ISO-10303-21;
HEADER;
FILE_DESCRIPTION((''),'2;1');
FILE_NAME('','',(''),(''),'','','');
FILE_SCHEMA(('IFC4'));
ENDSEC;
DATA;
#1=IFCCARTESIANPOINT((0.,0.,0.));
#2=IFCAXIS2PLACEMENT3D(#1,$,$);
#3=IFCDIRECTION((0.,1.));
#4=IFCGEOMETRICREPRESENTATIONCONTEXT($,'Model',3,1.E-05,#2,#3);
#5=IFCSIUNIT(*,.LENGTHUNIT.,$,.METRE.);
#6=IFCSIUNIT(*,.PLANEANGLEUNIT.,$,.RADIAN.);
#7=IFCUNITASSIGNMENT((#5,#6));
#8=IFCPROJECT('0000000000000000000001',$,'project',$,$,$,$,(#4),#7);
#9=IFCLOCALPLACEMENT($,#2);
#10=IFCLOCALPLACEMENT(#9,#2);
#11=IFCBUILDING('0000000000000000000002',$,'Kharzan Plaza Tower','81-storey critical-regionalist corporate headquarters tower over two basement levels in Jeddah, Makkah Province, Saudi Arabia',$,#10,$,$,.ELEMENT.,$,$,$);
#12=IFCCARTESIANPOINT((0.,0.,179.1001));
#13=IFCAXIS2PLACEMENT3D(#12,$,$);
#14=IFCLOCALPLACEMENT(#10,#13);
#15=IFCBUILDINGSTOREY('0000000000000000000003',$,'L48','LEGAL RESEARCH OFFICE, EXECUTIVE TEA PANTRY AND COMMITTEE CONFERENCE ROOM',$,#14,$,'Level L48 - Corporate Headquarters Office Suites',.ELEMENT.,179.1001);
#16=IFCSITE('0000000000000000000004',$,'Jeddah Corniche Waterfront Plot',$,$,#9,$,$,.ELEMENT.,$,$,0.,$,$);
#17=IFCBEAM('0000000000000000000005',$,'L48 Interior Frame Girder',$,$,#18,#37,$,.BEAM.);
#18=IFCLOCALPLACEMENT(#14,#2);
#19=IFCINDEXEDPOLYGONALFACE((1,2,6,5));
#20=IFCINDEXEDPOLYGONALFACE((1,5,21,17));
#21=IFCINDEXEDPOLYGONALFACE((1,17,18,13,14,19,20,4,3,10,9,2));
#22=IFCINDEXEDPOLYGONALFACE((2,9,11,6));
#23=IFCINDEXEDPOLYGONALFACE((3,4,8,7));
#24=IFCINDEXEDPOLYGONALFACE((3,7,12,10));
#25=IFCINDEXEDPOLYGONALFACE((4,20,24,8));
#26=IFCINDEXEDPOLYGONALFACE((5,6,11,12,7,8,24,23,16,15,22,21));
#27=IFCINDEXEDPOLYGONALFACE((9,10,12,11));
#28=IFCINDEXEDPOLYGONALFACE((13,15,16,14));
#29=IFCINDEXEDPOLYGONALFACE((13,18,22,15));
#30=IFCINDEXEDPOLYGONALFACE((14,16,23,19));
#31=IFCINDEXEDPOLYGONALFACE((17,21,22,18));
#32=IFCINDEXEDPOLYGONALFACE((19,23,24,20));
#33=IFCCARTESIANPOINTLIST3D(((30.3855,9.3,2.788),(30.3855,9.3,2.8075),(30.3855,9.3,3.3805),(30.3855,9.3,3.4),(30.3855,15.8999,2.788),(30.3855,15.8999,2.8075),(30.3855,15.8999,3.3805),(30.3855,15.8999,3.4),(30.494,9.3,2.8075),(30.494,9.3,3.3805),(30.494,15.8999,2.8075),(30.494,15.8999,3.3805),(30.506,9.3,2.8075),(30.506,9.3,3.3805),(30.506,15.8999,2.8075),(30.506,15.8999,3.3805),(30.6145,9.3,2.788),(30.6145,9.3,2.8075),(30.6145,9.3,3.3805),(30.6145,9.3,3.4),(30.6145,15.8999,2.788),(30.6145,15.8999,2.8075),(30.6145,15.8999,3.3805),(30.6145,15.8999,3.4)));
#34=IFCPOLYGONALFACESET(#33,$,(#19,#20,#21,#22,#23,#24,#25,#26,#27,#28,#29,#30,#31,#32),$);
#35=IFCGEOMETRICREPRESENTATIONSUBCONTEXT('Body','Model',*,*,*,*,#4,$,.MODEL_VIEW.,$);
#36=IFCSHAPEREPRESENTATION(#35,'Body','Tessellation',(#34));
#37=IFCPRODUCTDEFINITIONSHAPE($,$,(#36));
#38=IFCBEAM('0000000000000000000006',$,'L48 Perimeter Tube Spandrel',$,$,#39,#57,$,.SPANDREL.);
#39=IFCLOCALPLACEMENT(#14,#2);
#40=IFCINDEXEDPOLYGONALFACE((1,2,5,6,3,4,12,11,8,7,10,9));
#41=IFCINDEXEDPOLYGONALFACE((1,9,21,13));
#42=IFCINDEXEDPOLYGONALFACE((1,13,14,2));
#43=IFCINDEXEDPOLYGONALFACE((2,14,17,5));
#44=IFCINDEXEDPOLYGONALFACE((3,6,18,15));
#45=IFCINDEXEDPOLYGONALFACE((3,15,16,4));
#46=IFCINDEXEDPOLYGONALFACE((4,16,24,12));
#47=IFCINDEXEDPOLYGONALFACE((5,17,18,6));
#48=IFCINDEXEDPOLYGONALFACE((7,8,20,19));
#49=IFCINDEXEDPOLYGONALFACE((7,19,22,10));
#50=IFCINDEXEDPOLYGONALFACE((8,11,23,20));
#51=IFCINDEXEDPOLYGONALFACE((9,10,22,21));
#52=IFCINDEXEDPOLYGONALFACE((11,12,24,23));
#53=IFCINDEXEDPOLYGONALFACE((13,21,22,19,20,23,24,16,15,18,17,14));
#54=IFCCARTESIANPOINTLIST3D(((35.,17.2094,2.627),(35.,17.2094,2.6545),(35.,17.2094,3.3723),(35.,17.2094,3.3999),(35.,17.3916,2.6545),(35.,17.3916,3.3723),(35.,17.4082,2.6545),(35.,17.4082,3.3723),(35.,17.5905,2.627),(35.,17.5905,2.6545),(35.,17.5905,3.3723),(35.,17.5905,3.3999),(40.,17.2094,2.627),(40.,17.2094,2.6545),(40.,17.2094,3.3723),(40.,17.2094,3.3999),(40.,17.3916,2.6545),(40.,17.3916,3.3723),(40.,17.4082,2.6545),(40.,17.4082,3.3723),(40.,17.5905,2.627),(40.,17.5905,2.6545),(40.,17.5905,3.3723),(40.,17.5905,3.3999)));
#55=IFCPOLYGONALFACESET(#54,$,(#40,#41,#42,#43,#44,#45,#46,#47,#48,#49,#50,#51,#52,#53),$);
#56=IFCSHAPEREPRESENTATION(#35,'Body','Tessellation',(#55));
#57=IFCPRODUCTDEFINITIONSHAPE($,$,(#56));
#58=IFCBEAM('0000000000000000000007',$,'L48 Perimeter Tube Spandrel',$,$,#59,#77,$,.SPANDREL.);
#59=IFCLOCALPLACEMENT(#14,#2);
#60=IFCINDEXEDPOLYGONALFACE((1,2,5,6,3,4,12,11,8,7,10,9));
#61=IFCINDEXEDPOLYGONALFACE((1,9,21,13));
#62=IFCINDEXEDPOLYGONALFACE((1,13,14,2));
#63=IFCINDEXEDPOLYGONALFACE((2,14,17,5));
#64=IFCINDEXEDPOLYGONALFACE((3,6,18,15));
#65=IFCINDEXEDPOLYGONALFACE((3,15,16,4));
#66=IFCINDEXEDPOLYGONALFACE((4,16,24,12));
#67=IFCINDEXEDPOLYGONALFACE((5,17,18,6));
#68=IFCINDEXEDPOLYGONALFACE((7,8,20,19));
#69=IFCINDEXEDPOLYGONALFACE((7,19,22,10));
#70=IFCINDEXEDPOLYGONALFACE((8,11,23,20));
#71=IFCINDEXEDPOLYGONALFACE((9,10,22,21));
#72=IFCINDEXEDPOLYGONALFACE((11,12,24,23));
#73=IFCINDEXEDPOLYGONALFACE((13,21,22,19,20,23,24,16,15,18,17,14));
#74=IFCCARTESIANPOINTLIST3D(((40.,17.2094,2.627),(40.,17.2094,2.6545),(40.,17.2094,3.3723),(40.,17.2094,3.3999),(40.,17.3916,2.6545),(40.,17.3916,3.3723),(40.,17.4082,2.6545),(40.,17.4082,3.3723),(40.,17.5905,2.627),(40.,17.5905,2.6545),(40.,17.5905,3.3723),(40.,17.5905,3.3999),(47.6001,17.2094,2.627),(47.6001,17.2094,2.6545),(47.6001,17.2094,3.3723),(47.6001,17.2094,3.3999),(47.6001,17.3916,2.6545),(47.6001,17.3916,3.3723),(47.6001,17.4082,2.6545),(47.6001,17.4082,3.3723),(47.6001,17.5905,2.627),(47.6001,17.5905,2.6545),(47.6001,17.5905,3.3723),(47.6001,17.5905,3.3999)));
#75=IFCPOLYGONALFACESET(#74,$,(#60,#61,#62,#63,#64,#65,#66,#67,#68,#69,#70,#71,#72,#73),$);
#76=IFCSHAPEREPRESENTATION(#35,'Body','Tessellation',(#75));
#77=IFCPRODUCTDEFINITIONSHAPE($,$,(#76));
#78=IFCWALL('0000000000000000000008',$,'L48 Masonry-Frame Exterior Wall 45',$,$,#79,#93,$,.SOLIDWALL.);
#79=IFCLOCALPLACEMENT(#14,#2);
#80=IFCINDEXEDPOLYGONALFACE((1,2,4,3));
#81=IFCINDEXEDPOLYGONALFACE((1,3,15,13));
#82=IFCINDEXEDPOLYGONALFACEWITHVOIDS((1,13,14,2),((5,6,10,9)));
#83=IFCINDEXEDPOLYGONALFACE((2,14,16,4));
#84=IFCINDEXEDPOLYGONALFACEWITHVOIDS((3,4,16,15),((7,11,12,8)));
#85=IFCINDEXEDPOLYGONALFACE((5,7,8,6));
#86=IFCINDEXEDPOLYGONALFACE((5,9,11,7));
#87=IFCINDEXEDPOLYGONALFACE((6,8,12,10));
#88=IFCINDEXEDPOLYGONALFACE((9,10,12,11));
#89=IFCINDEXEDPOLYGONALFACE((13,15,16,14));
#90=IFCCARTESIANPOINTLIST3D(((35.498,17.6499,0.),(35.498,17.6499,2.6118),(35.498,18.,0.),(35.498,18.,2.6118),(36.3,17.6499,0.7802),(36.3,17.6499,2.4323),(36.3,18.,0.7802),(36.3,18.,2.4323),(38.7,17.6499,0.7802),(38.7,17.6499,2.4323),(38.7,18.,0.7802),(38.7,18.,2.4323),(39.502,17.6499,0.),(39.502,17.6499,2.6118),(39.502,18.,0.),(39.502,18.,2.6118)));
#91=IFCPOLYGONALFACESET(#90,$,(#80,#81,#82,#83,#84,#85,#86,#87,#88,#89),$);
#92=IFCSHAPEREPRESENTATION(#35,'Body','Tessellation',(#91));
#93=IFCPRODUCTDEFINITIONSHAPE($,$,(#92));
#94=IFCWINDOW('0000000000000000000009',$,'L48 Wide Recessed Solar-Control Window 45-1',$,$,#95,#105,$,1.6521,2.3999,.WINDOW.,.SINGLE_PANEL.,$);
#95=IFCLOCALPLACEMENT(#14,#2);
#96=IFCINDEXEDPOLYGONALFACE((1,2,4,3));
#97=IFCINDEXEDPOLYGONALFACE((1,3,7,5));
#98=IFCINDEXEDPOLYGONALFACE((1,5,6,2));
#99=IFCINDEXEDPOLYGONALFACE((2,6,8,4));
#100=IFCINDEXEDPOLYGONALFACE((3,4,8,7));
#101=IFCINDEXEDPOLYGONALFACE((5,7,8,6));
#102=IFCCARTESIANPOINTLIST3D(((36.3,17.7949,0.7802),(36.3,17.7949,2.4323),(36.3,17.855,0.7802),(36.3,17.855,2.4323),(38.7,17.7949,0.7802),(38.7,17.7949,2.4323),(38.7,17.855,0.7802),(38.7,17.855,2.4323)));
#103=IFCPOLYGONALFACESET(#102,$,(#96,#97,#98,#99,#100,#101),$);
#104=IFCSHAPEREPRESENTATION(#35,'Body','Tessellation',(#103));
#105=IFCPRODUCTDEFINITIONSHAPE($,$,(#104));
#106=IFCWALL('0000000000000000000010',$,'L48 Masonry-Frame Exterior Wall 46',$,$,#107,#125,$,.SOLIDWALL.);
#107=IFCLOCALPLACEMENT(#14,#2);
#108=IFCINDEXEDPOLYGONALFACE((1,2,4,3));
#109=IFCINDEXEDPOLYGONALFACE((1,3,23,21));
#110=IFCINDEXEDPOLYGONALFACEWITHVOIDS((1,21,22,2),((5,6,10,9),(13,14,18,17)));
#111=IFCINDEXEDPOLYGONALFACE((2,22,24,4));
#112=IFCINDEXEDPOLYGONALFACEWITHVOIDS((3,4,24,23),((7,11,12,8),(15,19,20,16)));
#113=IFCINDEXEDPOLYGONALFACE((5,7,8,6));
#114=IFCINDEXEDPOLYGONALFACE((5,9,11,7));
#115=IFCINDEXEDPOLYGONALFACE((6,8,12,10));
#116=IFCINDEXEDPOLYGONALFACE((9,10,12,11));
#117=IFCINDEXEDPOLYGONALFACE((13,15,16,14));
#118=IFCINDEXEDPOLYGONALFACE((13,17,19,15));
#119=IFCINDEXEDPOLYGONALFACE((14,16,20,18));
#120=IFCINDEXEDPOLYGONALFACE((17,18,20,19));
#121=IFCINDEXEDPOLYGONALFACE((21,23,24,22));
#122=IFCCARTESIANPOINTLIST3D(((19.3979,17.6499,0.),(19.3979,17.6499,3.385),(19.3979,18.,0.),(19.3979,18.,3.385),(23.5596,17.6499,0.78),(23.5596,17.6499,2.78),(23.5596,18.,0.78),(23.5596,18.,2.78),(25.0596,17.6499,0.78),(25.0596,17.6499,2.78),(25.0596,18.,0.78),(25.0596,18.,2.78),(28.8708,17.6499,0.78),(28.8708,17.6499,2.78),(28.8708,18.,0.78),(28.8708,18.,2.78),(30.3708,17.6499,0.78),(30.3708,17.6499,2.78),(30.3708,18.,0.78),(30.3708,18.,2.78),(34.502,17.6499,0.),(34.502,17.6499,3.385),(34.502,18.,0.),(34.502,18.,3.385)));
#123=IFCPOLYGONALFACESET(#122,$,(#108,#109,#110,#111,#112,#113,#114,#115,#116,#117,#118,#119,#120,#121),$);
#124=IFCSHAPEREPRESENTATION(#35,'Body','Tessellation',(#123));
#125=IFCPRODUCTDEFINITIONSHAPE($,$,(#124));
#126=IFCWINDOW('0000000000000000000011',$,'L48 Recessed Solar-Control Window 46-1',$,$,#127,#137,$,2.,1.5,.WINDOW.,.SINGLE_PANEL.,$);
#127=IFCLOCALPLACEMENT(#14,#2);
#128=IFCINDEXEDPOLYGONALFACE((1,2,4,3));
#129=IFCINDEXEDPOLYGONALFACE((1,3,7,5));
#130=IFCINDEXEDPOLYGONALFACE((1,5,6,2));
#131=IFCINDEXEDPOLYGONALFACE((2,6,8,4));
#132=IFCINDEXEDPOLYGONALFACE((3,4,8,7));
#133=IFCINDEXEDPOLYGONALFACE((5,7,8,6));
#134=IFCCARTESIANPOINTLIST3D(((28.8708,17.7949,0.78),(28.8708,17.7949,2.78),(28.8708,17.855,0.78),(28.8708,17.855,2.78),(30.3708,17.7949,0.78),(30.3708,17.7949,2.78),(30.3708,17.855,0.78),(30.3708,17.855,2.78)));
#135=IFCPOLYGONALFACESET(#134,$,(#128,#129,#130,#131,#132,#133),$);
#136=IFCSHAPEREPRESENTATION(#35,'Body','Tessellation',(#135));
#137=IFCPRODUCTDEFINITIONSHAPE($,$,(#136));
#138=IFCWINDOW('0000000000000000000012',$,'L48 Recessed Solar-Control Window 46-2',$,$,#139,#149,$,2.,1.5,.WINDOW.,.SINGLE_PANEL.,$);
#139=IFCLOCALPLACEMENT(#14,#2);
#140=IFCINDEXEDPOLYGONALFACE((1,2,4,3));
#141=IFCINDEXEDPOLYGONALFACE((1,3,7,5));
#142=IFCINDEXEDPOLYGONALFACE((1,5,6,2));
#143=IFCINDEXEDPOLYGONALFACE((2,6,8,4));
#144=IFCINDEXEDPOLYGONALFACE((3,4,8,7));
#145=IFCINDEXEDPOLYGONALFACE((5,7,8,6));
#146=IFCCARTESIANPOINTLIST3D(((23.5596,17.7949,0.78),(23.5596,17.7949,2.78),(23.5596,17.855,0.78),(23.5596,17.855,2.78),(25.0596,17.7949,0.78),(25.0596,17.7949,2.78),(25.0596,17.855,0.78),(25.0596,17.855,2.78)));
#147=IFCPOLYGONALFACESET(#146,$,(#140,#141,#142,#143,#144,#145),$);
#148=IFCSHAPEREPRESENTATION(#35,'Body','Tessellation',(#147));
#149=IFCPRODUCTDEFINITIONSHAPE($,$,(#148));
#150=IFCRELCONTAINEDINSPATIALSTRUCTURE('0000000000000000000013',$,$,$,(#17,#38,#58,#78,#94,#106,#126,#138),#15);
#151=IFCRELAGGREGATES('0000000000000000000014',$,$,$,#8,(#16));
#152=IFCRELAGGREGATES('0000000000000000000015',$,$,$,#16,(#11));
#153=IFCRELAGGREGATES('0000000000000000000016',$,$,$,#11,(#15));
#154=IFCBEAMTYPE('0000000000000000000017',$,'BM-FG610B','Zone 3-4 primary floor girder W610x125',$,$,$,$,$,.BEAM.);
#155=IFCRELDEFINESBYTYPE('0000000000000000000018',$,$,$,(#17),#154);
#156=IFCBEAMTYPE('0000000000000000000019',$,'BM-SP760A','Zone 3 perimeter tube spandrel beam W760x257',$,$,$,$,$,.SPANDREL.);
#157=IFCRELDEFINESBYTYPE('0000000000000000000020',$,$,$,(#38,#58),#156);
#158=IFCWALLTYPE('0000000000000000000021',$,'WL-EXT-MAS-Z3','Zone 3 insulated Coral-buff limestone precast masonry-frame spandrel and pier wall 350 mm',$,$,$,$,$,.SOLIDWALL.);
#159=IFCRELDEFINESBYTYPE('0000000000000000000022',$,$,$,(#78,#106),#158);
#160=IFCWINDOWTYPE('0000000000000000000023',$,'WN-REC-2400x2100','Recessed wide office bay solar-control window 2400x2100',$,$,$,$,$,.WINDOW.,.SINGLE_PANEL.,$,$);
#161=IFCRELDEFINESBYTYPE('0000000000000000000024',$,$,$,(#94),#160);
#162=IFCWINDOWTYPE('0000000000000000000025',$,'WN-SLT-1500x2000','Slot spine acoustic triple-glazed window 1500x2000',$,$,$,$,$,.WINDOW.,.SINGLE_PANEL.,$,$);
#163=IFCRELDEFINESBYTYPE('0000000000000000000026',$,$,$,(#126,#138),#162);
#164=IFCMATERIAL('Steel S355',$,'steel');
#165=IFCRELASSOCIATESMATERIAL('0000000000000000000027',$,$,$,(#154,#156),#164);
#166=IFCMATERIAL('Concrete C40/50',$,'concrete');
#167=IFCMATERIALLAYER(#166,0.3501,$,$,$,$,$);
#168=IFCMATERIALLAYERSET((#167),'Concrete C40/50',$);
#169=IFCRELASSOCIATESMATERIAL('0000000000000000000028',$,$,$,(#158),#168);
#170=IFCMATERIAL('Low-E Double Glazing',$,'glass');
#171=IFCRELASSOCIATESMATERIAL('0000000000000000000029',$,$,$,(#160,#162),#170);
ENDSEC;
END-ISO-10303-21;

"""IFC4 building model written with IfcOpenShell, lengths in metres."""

from ifc_helpers import new_model, si_unit, direction, frame, frame_2d, origin, origin_2d, place, context, subcontext, project, spatial, rectangle, i_section, extrude, source, transform, mapped, material, layer, layer_set, material_profile, profile_set, type_object, element, fill, save


model = new_model("IFC4")

# Units and contexts
model_context = context("Model", 3, precision=1e-05, world=origin(), true_north=direction((0.0, 1.0)))
body_context = subcontext(model_context, "Body", "Model", "MODEL_VIEW")
ifc_project = project(units=[si_unit("LENGTHUNIT", "METRE"), si_unit("PLANEANGLEUNIT", "RADIAN")], contexts=[model_context])

# Site, building, storey
site_placement = place(None, origin())
site = spatial("IfcSite", under=ifc_project, at=site_placement, Name="Jeddah Corniche Waterfront Plot", CompositionType="ELEMENT", RefElevation=0.0)
building_placement = place(site_placement, origin())
building = spatial("IfcBuilding", under=site, at=building_placement, Name="Kharzan Plaza Tower", Description="81-storey critical-regionalist corporate headquarters tower over two basement levels in Jeddah, Makkah Province, Saudi Arabia", CompositionType="ELEMENT")
storey_placement = place(building_placement, frame((0.0, 0.0, 179.1001)))
storey = spatial("IfcBuildingStorey", under=building, at=storey_placement, Name="L48", Description="LEGAL RESEARCH OFFICE, EXECUTIVE TEA PANTRY AND COMMITTEE CONFERENCE ROOM", LongName="Level L48 - Corporate Headquarters Office Suites", CompositionType="ELEMENT", Elevation=179.1001)

# Beams
ifc_material_1 = material(Name="Steel S355", Category="steel")
ifc_material_profile_1 = material_profile(ifc_material_1, i_section(OverallWidth=0.229, OverallDepth=0.6121, WebThickness=0.012, FlangeThickness=0.0195, at=origin_2d()), Name="W610x125")
ifc_profile_set_1 = profile_set([ifc_material_profile_1], Name="Steel S355")
beam_type_1 = type_object("IfcBeamType", Name="BM-FG610B", Description="Zone 3-4 primary floor girder W610x125", PredefinedType="BEAM", material=ifc_profile_set_1)
shared_shape_1 = source(origin(), body_context, "Body", "SweptSolid", [
    extrude(i_section(OverallWidth=0.229, OverallDepth=0.6121, WebThickness=0.012, FlangeThickness=0.0195, at=origin_2d()), origin(), (0.0, 0.0, 1.0), 6.5999),
])
beam_1_placement = place(storey_placement, frame((30.5, 9.3, 3.094), z_axis=(0.0, 1.0, 0.0), x_axis=(-1.0, 0.0, 0.0)))
element("IfcBeam", 1, at=beam_1_placement, inside=storey, type_object=beam_type_1, Name="L48 Interior Frame Girder", PredefinedType="BEAM", context=body_context, shape_type="MappedRepresentation", body=[
    mapped(shared_shape_1, transform((0.0, 0.0, 0.0), x_axis=(1.0, 0.0, 0.0), y_axis=(0.0, 1.0, 0.0), z_axis=(0.0, 0.0, 1.0))),
])
ifc_material_profile_2 = material_profile(ifc_material_1, i_section(OverallWidth=0.3811, OverallDepth=0.7729, WebThickness=0.0166, FlangeThickness=0.0276, at=origin_2d()), Name="W760x257")
ifc_profile_set_2 = profile_set([ifc_material_profile_2], Name="Steel S355")
beam_type_2 = type_object("IfcBeamType", Name="BM-SP760A", Description="Zone 3 perimeter tube spandrel beam W760x257", PredefinedType="SPANDREL", material=ifc_profile_set_2)
shared_shape_2 = source(origin(), body_context, "Body", "SweptSolid", [
    extrude(i_section(OverallWidth=0.3811, OverallDepth=0.7729, WebThickness=0.0166, FlangeThickness=0.0276, at=origin_2d()), origin(), (0.0, 0.0, 1.0), 5.0),
])
beam_2_placement = place(storey_placement, frame((35.0, 17.3999, 3.0134), z_axis=(1.0, 0.0, 0.0), x_axis=(0.0, 1.0, 0.0)))
element("IfcBeam", 2, at=beam_2_placement, inside=storey, type_object=beam_type_2, Name="L48 Perimeter Tube Spandrel", PredefinedType="SPANDREL", context=body_context, shape_type="MappedRepresentation", body=[
    mapped(shared_shape_2, transform((0.0, 0.0, 0.0), x_axis=(1.0, 0.0, 0.0), y_axis=(0.0, 1.0, 0.0), z_axis=(0.0, 0.0, 1.0))),
])
shared_shape_3 = source(origin(), body_context, "Body", "SweptSolid", [
    extrude(i_section(OverallWidth=0.3811, OverallDepth=0.7729, WebThickness=0.0166, FlangeThickness=0.0276, at=origin_2d()), origin(), (0.0, 0.0, 1.0), 7.6001),
])
beam_3_placement = place(storey_placement, frame((40.0, 17.3999, 3.0134), z_axis=(1.0, 0.0, 0.0), x_axis=(0.0, 1.0, 0.0)))
element("IfcBeam", 3, at=beam_3_placement, inside=storey, type_object=beam_type_2, Name="L48 Perimeter Tube Spandrel", PredefinedType="SPANDREL", context=body_context, shape_type="MappedRepresentation", body=[
    mapped(shared_shape_3, transform((0.0, 0.0, 0.0), x_axis=(1.0, 0.0, 0.0), y_axis=(0.0, 1.0, 0.0), z_axis=(0.0, 0.0, 1.0))),
])

# Wall, opening, window
ifc_material_2 = material(Name="Concrete C40/50", Category="concrete")
ifc_layer_1 = layer(ifc_material_2, 0.3501)
ifc_layer_set_1 = layer_set([ifc_layer_1], Name="Concrete C40/50")
wall_type_1 = type_object("IfcWallType", Name="WL-EXT-MAS-Z3", Description="Zone 3 insulated Coral-buff limestone precast masonry-frame spandrel and pier wall 350 mm", PredefinedType="SOLIDWALL", material=ifc_layer_set_1)
wall_1_placement = place(storey_placement, frame((39.502, 17.825, 0.0), z_axis=(0.0, 0.0, 1.0), x_axis=(-1.0, 0.0, 0.0)))
wall_1 = element("IfcWall", 4, at=wall_1_placement, inside=storey, type_object=wall_type_1, Name="L48 Masonry-Frame Exterior Wall 45", PredefinedType="SOLIDWALL", context=body_context, shape_type="SweptSolid", body=[
    extrude(rectangle(XDim=4.0039, YDim=0.3501, at=frame_2d((2.002, 0.0))), origin(), (0.0, 0.0, 1.0), 2.6118),
])
opening_1_placement = place(wall_1_placement, frame((0.802, 0.0, 0.78)))
opening_1 = element("IfcOpeningElement", 5, at=opening_1_placement, cuts=wall_1, PredefinedType="OPENING", context=body_context, shape_type="SweptSolid", body=[
    extrude(rectangle(XDim=2.3999, YDim=1.6521, at=frame_2d((1.2, 0.8262))), frame((0.0, 0.1851, 0.0), z_axis=(0.0, -1.0, 0.0), x_axis=(1.0, 0.0, 0.0)), (0.0, 0.0, 1.0), 0.3701),
])
ifc_material_3 = material(Name="Low-E Double Glazing", Category="glass")
window_type_1 = type_object("IfcWindowType", Name="WN-REC-2400x2100", Description="Recessed wide office bay solar-control window 2400x2100", PartitioningType="SINGLE_PANEL", PredefinedType="WINDOW", material=ifc_material_3)
shared_shape_4 = source(origin(), body_context, "Body", "SweptSolid", [
    extrude(rectangle(XDim=2.3999, YDim=1.6521, at=frame_2d((1.2, 0.8262))), frame((0.0, 0.03, 0.0), z_axis=(0.0, -1.0, 0.0), x_axis=(1.0, 0.0, 0.0)), (0.0, 0.0, 1.0), 0.0601),
])
window_1_placement = place(opening_1_placement, origin())
window_1 = element("IfcWindow", 6, at=window_1_placement, inside=storey, type_object=window_type_1, Name="L48 Wide Recessed Solar-Control Window 45-1", OverallHeight=1.6521, OverallWidth=2.3999, PartitioningType="SINGLE_PANEL", PredefinedType="WINDOW", context=body_context, shape_type="MappedRepresentation", body=[
    mapped(shared_shape_4, transform((0.0, 0.0, 0.0), x_axis=(1.0, 0.0, 0.0), y_axis=(0.0, 1.0, 0.0), z_axis=(0.0, 0.0, 1.0))),
])
fill(opening_1, window_1)

# Wall, openings, windows
wall_2_placement = place(storey_placement, frame((34.502, 17.825, 0.0), z_axis=(0.0, 0.0, 1.0), x_axis=(-1.0, 0.0, 0.0)))
wall_2 = element("IfcWall", 7, at=wall_2_placement, inside=storey, type_object=wall_type_1, Name="L48 Masonry-Frame Exterior Wall 46", PredefinedType="SOLIDWALL", context=body_context, shape_type="SweptSolid", body=[
    extrude(rectangle(XDim=15.104, YDim=0.3501, at=frame_2d((7.552, 0.0))), origin(), (0.0, 0.0, 1.0), 3.385),
])
opening_2_placement = place(wall_2_placement, frame((4.1311, 0.0, 0.78)))
opening_2 = element("IfcOpeningElement", 8, at=opening_2_placement, cuts=wall_2, PredefinedType="OPENING", context=body_context, shape_type="SweptSolid", body=[
    extrude(rectangle(XDim=1.5, YDim=2.0, at=frame_2d((0.75, 1.0))), frame((0.0, 0.1851, 0.0), z_axis=(0.0, -1.0, 0.0), x_axis=(1.0, 0.0, 0.0)), (0.0, 0.0, 1.0), 0.3701),
])
opening_3_placement = place(wall_2_placement, frame((9.4424, 0.0, 0.78)))
opening_3 = element("IfcOpeningElement", 9, at=opening_3_placement, cuts=wall_2, PredefinedType="OPENING", context=body_context, shape_type="SweptSolid", body=[
    extrude(rectangle(XDim=1.5, YDim=2.0, at=frame_2d((0.75, 1.0))), frame((0.0, 0.1851, 0.0), z_axis=(0.0, -1.0, 0.0), x_axis=(1.0, 0.0, 0.0)), (0.0, 0.0, 1.0), 0.3701),
])
window_type_2 = type_object("IfcWindowType", Name="WN-SLT-1500x2000", Description="Slot spine acoustic triple-glazed window 1500x2000", PartitioningType="SINGLE_PANEL", PredefinedType="WINDOW", material=ifc_material_3)
shared_shape_5 = source(origin(), body_context, "Body", "SweptSolid", [
    extrude(rectangle(XDim=1.5, YDim=2.0, at=frame_2d((0.75, 1.0))), frame((0.0, 0.03, 0.0), z_axis=(0.0, -1.0, 0.0), x_axis=(1.0, 0.0, 0.0)), (0.0, 0.0, 1.0), 0.0601),
])
window_2_placement = place(opening_2_placement, origin())
window_2 = element("IfcWindow", 10, at=window_2_placement, inside=storey, type_object=window_type_2, Name="L48 Recessed Solar-Control Window 46-1", OverallHeight=2.0, OverallWidth=1.5, PartitioningType="SINGLE_PANEL", PredefinedType="WINDOW", context=body_context, shape_type="MappedRepresentation", body=[
    mapped(shared_shape_5, transform((0.0, 0.0, 0.0), x_axis=(1.0, 0.0, 0.0), y_axis=(0.0, 1.0, 0.0), z_axis=(0.0, 0.0, 1.0))),
])
fill(opening_2, window_2)
window_3_placement = place(opening_3_placement, origin())
window_3 = element("IfcWindow", 11, at=window_3_placement, inside=storey, type_object=window_type_2, Name="L48 Recessed Solar-Control Window 46-2", OverallHeight=2.0, OverallWidth=1.5, PartitioningType="SINGLE_PANEL", PredefinedType="WINDOW", context=body_context, shape_type="MappedRepresentation", body=[
    mapped(shared_shape_5, transform((0.0, 0.0, 0.0), x_axis=(1.0, 0.0, 0.0), y_axis=(0.0, 1.0, 0.0), z_axis=(0.0, 0.0, 1.0))),
])
fill(opening_3, window_3)

save(model, "model.ifc")
